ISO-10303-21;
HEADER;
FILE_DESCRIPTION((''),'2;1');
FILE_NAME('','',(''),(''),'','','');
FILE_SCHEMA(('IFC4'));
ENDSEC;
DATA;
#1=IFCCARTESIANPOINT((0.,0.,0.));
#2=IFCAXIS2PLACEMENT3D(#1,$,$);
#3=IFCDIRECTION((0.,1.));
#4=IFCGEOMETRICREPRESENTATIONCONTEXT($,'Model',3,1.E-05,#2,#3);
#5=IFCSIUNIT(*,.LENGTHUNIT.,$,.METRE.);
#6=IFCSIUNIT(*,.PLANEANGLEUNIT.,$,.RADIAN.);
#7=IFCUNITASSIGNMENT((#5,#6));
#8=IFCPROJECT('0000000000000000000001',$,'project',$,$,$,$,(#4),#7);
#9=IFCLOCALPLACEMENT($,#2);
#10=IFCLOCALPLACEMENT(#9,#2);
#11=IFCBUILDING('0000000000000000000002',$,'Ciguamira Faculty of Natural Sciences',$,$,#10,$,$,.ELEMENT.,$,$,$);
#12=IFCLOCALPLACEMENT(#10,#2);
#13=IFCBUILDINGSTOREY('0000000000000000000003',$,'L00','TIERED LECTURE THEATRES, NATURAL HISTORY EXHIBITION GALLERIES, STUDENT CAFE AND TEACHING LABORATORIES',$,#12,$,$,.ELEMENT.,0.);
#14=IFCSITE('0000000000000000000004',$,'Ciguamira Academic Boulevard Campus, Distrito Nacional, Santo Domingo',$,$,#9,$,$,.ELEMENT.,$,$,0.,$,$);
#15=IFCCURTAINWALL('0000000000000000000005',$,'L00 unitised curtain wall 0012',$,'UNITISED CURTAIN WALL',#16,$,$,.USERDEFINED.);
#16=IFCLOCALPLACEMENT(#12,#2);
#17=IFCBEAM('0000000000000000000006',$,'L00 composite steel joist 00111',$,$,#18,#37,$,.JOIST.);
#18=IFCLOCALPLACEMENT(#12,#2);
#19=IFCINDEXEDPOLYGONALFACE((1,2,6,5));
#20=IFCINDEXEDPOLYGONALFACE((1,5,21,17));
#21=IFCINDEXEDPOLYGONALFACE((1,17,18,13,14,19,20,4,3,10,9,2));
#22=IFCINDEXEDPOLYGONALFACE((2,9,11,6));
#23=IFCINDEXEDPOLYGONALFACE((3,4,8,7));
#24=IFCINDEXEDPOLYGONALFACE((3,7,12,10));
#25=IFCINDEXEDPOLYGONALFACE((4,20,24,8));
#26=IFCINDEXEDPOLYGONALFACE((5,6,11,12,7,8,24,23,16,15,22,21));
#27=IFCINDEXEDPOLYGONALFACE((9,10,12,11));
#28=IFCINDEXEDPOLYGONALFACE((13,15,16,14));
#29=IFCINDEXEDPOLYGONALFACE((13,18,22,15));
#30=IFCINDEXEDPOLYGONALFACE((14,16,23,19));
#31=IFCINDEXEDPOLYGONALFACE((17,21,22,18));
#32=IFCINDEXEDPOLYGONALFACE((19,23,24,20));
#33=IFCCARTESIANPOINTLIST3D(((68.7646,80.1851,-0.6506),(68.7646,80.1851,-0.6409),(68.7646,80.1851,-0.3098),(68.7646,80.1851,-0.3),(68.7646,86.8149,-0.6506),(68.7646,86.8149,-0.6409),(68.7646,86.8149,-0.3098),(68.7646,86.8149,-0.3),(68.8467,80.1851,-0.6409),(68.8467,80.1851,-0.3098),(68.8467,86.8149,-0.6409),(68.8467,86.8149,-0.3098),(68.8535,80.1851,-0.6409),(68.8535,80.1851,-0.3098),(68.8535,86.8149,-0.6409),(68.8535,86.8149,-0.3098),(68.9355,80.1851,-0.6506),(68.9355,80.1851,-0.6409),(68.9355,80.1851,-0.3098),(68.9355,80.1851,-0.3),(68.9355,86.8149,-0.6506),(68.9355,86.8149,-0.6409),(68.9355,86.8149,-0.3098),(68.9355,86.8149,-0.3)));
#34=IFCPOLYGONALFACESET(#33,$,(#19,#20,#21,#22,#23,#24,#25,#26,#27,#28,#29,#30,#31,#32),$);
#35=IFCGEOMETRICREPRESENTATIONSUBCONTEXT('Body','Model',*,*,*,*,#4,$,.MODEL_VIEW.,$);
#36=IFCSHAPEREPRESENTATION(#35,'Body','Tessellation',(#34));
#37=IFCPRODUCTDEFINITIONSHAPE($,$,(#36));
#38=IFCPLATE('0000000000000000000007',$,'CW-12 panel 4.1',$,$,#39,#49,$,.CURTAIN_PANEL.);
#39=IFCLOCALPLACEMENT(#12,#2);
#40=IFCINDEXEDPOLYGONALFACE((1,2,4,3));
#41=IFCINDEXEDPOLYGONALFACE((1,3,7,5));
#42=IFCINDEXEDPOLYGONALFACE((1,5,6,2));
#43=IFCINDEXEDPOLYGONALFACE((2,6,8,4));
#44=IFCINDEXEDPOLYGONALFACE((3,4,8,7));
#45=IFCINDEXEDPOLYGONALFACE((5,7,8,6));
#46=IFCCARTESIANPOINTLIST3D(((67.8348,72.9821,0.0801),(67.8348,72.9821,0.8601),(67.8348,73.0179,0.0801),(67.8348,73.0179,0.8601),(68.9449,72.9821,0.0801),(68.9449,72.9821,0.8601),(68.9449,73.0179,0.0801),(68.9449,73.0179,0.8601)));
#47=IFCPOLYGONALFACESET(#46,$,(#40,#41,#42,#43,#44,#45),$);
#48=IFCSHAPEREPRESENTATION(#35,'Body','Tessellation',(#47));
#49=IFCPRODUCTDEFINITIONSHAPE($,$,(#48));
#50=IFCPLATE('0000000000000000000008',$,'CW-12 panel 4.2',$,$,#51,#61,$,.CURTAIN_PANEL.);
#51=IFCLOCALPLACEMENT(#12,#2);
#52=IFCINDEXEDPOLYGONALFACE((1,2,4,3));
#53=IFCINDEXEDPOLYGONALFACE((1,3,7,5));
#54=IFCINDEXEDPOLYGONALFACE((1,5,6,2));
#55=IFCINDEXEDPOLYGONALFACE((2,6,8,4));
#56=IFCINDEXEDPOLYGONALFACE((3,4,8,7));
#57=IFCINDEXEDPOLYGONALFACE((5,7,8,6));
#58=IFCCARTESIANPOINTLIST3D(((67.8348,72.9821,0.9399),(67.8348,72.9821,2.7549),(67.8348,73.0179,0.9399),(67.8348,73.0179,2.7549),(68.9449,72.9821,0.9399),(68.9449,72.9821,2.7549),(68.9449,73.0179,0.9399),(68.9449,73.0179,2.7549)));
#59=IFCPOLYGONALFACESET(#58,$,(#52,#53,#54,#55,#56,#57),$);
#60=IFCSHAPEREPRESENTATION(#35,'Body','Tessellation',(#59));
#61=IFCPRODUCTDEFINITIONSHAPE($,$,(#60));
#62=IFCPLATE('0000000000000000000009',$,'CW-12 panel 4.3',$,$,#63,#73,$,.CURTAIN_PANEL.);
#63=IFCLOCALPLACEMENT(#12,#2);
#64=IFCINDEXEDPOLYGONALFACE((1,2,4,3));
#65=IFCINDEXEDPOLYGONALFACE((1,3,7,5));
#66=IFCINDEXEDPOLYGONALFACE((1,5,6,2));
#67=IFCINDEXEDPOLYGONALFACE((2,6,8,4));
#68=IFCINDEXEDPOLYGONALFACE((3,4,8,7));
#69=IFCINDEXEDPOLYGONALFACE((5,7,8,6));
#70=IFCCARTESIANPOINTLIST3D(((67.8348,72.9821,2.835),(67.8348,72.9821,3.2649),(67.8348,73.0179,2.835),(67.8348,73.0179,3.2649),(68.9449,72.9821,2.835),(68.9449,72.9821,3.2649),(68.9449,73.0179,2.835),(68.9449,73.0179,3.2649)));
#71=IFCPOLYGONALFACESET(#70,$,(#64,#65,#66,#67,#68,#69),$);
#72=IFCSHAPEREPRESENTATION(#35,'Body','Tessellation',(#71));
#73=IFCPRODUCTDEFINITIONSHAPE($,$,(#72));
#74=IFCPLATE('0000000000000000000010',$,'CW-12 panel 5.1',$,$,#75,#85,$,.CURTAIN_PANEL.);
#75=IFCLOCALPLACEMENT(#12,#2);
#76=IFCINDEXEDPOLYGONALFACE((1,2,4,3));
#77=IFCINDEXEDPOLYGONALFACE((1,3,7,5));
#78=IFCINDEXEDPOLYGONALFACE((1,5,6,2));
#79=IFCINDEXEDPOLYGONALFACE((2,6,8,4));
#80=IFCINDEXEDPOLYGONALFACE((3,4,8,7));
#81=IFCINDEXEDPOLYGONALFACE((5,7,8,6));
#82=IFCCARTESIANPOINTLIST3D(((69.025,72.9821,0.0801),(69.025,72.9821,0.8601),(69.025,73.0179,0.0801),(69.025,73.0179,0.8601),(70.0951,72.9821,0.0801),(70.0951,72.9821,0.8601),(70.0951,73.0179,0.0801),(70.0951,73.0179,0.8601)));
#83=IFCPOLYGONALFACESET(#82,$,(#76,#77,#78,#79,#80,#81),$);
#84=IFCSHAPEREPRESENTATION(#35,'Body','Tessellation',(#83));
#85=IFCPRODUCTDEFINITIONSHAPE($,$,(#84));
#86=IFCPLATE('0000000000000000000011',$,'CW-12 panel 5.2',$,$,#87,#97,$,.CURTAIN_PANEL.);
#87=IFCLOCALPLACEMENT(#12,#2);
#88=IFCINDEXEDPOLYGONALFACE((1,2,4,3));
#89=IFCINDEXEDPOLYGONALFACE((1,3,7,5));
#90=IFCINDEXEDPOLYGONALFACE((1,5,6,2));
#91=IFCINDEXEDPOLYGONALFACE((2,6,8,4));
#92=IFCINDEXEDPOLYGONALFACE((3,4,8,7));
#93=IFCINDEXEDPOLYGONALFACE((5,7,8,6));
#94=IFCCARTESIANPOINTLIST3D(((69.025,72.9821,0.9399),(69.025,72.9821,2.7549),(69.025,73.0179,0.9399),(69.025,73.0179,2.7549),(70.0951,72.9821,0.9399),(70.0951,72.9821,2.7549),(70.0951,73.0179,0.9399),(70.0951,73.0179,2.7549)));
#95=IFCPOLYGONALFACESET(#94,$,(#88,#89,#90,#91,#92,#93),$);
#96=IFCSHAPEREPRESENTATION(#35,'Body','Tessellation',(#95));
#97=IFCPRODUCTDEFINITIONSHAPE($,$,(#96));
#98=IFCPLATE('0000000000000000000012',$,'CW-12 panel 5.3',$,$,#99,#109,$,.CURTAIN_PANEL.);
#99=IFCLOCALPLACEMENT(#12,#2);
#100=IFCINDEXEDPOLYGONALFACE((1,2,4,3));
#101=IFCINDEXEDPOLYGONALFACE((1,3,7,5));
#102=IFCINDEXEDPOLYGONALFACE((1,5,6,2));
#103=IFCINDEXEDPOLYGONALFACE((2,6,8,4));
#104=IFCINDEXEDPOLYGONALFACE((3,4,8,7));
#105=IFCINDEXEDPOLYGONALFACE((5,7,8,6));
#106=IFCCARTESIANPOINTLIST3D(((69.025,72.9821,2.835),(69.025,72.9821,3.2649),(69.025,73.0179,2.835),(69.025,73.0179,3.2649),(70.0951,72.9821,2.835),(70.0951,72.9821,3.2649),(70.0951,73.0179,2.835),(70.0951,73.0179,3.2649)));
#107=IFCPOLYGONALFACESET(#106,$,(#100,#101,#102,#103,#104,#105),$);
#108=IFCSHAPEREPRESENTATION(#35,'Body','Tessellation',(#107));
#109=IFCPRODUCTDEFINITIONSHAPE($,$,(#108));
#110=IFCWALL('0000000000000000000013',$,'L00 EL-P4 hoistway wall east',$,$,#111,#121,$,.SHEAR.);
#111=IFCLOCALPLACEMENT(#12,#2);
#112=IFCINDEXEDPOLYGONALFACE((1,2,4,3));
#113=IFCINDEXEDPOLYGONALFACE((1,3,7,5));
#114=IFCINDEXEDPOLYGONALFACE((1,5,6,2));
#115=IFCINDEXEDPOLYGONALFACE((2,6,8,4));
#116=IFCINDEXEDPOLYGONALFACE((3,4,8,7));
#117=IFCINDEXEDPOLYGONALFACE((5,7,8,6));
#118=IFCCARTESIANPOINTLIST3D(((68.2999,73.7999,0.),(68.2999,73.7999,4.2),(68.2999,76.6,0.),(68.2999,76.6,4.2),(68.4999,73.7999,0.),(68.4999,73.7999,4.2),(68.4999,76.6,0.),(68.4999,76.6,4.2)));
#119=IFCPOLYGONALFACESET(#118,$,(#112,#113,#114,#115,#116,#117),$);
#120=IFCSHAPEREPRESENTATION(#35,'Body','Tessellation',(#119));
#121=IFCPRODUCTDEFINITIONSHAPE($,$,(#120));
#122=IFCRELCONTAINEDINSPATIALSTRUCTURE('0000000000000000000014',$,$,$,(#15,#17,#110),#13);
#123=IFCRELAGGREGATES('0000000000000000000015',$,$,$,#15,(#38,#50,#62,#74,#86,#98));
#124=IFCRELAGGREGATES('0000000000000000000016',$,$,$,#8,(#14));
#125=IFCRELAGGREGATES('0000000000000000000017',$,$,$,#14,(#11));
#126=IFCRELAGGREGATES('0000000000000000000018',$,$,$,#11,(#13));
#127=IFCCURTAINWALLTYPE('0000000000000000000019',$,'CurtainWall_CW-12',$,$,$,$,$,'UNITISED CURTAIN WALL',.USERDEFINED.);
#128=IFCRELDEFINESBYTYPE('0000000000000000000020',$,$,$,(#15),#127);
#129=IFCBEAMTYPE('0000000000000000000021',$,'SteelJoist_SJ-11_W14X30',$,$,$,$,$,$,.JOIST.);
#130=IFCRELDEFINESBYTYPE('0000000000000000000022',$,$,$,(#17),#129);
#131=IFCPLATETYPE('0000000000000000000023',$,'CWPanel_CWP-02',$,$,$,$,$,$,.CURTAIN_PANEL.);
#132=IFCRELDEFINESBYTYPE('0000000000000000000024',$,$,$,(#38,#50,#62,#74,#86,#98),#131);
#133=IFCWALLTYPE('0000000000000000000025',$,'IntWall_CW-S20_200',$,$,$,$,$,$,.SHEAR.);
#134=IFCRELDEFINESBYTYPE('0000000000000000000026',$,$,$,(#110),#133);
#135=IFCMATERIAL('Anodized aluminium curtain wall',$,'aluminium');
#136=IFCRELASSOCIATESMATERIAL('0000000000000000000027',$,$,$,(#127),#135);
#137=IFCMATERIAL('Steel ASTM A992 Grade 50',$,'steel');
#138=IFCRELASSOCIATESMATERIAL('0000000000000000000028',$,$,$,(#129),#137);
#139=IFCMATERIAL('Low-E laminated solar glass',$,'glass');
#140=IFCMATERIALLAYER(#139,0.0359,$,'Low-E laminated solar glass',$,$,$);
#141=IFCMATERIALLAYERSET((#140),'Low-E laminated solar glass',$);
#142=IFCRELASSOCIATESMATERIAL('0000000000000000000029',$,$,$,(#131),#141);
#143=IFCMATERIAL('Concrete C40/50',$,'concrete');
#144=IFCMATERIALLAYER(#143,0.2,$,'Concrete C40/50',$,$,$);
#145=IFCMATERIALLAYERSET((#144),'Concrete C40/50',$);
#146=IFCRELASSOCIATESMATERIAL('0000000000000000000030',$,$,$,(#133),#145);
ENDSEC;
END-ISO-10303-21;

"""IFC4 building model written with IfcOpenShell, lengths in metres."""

from ifc_helpers import new_model, si_unit, direction, frame, frame_2d, origin, origin_2d, place, context, subcontext, project, spatial, rectangle, i_section, extrude, material, layer, layer_set, material_profile, profile_set, type_object, element, aggregate, save


model = new_model("IFC4")

# Units and contexts
model_context = context("Model", 3, precision=1e-05, world=origin(), true_north=direction((0.0, 1.0)))
body_context = subcontext(model_context, "Body", "Model", "MODEL_VIEW")
ifc_project = project(units=[si_unit("LENGTHUNIT", "METRE"), si_unit("PLANEANGLEUNIT", "RADIAN")], contexts=[model_context])

# Site, building, storey
site_placement = place(None, origin())
site = spatial("IfcSite", under=ifc_project, at=site_placement, Name="Ciguamira Academic Boulevard Campus, Distrito Nacional, Santo Domingo", CompositionType="ELEMENT", RefElevation=0.0)
building_placement = place(site_placement, origin())
building = spatial("IfcBuilding", under=site, at=building_placement, Name="Ciguamira Faculty of Natural Sciences", CompositionType="ELEMENT")
storey_placement = place(building_placement, origin())
storey = spatial("IfcBuildingStorey", under=building, at=storey_placement, Name="L00", Description="TIERED LECTURE THEATRES, NATURAL HISTORY EXHIBITION GALLERIES, STUDENT CAFE AND TEACHING LABORATORIES", CompositionType="ELEMENT", Elevation=0.0)

# Curtain wall
ifc_material_1 = material(Name="Anodized aluminium curtain wall", Category="aluminium")
curtain_wall_type = type_object("IfcCurtainWallType", Name="CurtainWall_CW-12", ElementType="UNITISED CURTAIN WALL", PredefinedType="USERDEFINED", material=ifc_material_1)
curtain_wall_placement = place(storey_placement, origin())
curtain_wall = element("IfcCurtainWall", 1, at=curtain_wall_placement, inside=storey, type_object=curtain_wall_type, Name="L00 unitised curtain wall 0012", ObjectType="UNITISED CURTAIN WALL", PredefinedType="USERDEFINED")

# Beam
ifc_material_2 = material(Name="Steel ASTM A992 Grade 50", Category="steel")
ifc_material_profile_1 = material_profile(ifc_material_2, i_section(OverallWidth=0.1709, OverallDepth=0.3506, WebThickness=0.0068, FlangeThickness=0.0098, at=origin_2d()), Name="W14X30")
ifc_profile_set_1 = profile_set([ifc_material_profile_1], Name="Steel ASTM A992 Grade 50")
beam_type_1 = type_object("IfcBeamType", Name="SteelJoist_SJ-11_W14X30", PredefinedType="JOIST", material=ifc_profile_set_1)
beam_1_placement = place(storey_placement, frame((68.8501, 80.1851, -0.4753), z_axis=(0.0, 1.0, 0.0), x_axis=(-1.0, 0.0, 0.0)))
element("IfcBeam", 2, at=beam_1_placement, inside=storey, type_object=beam_type_1, Name="L00 composite steel joist 00111", PredefinedType="JOIST", context=body_context, shape_type="SweptSolid", body=[
    extrude(i_section(OverallWidth=0.1709, OverallDepth=0.3506, WebThickness=0.0068, FlangeThickness=0.0098, at=origin_2d()), origin(), (0.0, 0.0, 1.0), 6.6299),
])

# Plates
ifc_material_3 = material(Name="Low-E laminated solar glass", Category="glass")
ifc_layer_1 = layer(ifc_material_3, 0.0359, Name="Low-E laminated solar glass")
ifc_layer_set_1 = layer_set([ifc_layer_1], Name="Low-E laminated solar glass")
plate_type = type_object("IfcPlateType", Name="CWPanel_CWP-02", PredefinedType="CURTAIN_PANEL", material=ifc_layer_set_1)
plate_1_placement = place(storey_placement, frame((68.3899, 73.0, 0.0801), z_axis=(0.0, 0.0, 1.0), x_axis=(1.0, 0.0, 0.0)))
plate_1 = element("IfcPlate", 3, at=plate_1_placement, type_object=plate_type, Name="CW-12 panel 4.1", PredefinedType="CURTAIN_PANEL", context=body_context, shape_type="SweptSolid", body=[
    extrude(rectangle(XDim=1.1101, YDim=0.0359, at=origin_2d()), origin(), (0.0, 0.0, 1.0), 0.78),
])
plate_2_placement = place(storey_placement, frame((68.3899, 73.0, 0.9399), z_axis=(0.0, 0.0, 1.0), x_axis=(1.0, 0.0, 0.0)))
plate_2 = element("IfcPlate", 4, at=plate_2_placement, type_object=plate_type, Name="CW-12 panel 4.2", PredefinedType="CURTAIN_PANEL", context=body_context, shape_type="SweptSolid", body=[
    extrude(rectangle(XDim=1.1101, YDim=0.0359, at=origin_2d()), origin(), (0.0, 0.0, 1.0), 1.8149),
])
plate_3_placement = place(storey_placement, frame((68.3899, 73.0, 2.835), z_axis=(0.0, 0.0, 1.0), x_axis=(1.0, 0.0, 0.0)))
plate_3 = element("IfcPlate", 5, at=plate_3_placement, type_object=plate_type, Name="CW-12 panel 4.3", PredefinedType="CURTAIN_PANEL", context=body_context, shape_type="SweptSolid", body=[
    extrude(rectangle(XDim=1.1101, YDim=0.0359, at=origin_2d()), origin(), (0.0, 0.0, 1.0), 0.4299),
])
plate_4_placement = place(storey_placement, frame((69.5601, 73.0, 0.0801), z_axis=(0.0, 0.0, 1.0), x_axis=(1.0, 0.0, 0.0)))
plate_4 = element("IfcPlate", 6, at=plate_4_placement, type_object=plate_type, Name="CW-12 panel 5.1", PredefinedType="CURTAIN_PANEL", context=body_context, shape_type="SweptSolid", body=[
    extrude(rectangle(XDim=1.0701, YDim=0.0359, at=origin_2d()), origin(), (0.0, 0.0, 1.0), 0.78),
])
plate_5_placement = place(storey_placement, frame((69.5601, 73.0, 0.9399), z_axis=(0.0, 0.0, 1.0), x_axis=(1.0, 0.0, 0.0)))
plate_5 = element("IfcPlate", 7, at=plate_5_placement, type_object=plate_type, Name="CW-12 panel 5.2", PredefinedType="CURTAIN_PANEL", context=body_context, shape_type="SweptSolid", body=[
    extrude(rectangle(XDim=1.0701, YDim=0.0359, at=origin_2d()), origin(), (0.0, 0.0, 1.0), 1.8149),
])
plate_6_placement = place(storey_placement, frame((69.5601, 73.0, 2.835), z_axis=(0.0, 0.0, 1.0), x_axis=(1.0, 0.0, 0.0)))
plate_6 = element("IfcPlate", 8, at=plate_6_placement, type_object=plate_type, Name="CW-12 panel 5.3", PredefinedType="CURTAIN_PANEL", context=body_context, shape_type="SweptSolid", body=[
    extrude(rectangle(XDim=1.0701, YDim=0.0359, at=origin_2d()), origin(), (0.0, 0.0, 1.0), 0.4299),
])
aggregate(curtain_wall, [plate_1, plate_2, plate_3, plate_4, plate_5, plate_6])

# Wall
ifc_material_4 = material(Name="Concrete C40/50", Category="concrete")
ifc_layer_2 = layer(ifc_material_4, 0.2, Name="Concrete C40/50")
ifc_layer_set_2 = layer_set([ifc_layer_2], Name="Concrete C40/50")
wall_type = type_object("IfcWallType", Name="IntWall_CW-S20_200", PredefinedType="SHEAR", material=ifc_layer_set_2)
wall_placement = place(storey_placement, frame((68.3999, 73.8, 0.0), z_axis=(0.0, 0.0, 1.0), x_axis=(0.0, 1.0, 0.0)))
element("IfcWall", 9, at=wall_placement, inside=storey, type_object=wall_type, Name="L00 EL-P4 hoistway wall east", PredefinedType="SHEAR", context=body_context, shape_type="SweptSolid", body=[
    extrude(rectangle(XDim=2.8, YDim=0.2, at=frame_2d((1.3999, 0.0))), origin(), (0.0, 0.0, 1.0), 4.2),
])

save(model, "model.ifc")
